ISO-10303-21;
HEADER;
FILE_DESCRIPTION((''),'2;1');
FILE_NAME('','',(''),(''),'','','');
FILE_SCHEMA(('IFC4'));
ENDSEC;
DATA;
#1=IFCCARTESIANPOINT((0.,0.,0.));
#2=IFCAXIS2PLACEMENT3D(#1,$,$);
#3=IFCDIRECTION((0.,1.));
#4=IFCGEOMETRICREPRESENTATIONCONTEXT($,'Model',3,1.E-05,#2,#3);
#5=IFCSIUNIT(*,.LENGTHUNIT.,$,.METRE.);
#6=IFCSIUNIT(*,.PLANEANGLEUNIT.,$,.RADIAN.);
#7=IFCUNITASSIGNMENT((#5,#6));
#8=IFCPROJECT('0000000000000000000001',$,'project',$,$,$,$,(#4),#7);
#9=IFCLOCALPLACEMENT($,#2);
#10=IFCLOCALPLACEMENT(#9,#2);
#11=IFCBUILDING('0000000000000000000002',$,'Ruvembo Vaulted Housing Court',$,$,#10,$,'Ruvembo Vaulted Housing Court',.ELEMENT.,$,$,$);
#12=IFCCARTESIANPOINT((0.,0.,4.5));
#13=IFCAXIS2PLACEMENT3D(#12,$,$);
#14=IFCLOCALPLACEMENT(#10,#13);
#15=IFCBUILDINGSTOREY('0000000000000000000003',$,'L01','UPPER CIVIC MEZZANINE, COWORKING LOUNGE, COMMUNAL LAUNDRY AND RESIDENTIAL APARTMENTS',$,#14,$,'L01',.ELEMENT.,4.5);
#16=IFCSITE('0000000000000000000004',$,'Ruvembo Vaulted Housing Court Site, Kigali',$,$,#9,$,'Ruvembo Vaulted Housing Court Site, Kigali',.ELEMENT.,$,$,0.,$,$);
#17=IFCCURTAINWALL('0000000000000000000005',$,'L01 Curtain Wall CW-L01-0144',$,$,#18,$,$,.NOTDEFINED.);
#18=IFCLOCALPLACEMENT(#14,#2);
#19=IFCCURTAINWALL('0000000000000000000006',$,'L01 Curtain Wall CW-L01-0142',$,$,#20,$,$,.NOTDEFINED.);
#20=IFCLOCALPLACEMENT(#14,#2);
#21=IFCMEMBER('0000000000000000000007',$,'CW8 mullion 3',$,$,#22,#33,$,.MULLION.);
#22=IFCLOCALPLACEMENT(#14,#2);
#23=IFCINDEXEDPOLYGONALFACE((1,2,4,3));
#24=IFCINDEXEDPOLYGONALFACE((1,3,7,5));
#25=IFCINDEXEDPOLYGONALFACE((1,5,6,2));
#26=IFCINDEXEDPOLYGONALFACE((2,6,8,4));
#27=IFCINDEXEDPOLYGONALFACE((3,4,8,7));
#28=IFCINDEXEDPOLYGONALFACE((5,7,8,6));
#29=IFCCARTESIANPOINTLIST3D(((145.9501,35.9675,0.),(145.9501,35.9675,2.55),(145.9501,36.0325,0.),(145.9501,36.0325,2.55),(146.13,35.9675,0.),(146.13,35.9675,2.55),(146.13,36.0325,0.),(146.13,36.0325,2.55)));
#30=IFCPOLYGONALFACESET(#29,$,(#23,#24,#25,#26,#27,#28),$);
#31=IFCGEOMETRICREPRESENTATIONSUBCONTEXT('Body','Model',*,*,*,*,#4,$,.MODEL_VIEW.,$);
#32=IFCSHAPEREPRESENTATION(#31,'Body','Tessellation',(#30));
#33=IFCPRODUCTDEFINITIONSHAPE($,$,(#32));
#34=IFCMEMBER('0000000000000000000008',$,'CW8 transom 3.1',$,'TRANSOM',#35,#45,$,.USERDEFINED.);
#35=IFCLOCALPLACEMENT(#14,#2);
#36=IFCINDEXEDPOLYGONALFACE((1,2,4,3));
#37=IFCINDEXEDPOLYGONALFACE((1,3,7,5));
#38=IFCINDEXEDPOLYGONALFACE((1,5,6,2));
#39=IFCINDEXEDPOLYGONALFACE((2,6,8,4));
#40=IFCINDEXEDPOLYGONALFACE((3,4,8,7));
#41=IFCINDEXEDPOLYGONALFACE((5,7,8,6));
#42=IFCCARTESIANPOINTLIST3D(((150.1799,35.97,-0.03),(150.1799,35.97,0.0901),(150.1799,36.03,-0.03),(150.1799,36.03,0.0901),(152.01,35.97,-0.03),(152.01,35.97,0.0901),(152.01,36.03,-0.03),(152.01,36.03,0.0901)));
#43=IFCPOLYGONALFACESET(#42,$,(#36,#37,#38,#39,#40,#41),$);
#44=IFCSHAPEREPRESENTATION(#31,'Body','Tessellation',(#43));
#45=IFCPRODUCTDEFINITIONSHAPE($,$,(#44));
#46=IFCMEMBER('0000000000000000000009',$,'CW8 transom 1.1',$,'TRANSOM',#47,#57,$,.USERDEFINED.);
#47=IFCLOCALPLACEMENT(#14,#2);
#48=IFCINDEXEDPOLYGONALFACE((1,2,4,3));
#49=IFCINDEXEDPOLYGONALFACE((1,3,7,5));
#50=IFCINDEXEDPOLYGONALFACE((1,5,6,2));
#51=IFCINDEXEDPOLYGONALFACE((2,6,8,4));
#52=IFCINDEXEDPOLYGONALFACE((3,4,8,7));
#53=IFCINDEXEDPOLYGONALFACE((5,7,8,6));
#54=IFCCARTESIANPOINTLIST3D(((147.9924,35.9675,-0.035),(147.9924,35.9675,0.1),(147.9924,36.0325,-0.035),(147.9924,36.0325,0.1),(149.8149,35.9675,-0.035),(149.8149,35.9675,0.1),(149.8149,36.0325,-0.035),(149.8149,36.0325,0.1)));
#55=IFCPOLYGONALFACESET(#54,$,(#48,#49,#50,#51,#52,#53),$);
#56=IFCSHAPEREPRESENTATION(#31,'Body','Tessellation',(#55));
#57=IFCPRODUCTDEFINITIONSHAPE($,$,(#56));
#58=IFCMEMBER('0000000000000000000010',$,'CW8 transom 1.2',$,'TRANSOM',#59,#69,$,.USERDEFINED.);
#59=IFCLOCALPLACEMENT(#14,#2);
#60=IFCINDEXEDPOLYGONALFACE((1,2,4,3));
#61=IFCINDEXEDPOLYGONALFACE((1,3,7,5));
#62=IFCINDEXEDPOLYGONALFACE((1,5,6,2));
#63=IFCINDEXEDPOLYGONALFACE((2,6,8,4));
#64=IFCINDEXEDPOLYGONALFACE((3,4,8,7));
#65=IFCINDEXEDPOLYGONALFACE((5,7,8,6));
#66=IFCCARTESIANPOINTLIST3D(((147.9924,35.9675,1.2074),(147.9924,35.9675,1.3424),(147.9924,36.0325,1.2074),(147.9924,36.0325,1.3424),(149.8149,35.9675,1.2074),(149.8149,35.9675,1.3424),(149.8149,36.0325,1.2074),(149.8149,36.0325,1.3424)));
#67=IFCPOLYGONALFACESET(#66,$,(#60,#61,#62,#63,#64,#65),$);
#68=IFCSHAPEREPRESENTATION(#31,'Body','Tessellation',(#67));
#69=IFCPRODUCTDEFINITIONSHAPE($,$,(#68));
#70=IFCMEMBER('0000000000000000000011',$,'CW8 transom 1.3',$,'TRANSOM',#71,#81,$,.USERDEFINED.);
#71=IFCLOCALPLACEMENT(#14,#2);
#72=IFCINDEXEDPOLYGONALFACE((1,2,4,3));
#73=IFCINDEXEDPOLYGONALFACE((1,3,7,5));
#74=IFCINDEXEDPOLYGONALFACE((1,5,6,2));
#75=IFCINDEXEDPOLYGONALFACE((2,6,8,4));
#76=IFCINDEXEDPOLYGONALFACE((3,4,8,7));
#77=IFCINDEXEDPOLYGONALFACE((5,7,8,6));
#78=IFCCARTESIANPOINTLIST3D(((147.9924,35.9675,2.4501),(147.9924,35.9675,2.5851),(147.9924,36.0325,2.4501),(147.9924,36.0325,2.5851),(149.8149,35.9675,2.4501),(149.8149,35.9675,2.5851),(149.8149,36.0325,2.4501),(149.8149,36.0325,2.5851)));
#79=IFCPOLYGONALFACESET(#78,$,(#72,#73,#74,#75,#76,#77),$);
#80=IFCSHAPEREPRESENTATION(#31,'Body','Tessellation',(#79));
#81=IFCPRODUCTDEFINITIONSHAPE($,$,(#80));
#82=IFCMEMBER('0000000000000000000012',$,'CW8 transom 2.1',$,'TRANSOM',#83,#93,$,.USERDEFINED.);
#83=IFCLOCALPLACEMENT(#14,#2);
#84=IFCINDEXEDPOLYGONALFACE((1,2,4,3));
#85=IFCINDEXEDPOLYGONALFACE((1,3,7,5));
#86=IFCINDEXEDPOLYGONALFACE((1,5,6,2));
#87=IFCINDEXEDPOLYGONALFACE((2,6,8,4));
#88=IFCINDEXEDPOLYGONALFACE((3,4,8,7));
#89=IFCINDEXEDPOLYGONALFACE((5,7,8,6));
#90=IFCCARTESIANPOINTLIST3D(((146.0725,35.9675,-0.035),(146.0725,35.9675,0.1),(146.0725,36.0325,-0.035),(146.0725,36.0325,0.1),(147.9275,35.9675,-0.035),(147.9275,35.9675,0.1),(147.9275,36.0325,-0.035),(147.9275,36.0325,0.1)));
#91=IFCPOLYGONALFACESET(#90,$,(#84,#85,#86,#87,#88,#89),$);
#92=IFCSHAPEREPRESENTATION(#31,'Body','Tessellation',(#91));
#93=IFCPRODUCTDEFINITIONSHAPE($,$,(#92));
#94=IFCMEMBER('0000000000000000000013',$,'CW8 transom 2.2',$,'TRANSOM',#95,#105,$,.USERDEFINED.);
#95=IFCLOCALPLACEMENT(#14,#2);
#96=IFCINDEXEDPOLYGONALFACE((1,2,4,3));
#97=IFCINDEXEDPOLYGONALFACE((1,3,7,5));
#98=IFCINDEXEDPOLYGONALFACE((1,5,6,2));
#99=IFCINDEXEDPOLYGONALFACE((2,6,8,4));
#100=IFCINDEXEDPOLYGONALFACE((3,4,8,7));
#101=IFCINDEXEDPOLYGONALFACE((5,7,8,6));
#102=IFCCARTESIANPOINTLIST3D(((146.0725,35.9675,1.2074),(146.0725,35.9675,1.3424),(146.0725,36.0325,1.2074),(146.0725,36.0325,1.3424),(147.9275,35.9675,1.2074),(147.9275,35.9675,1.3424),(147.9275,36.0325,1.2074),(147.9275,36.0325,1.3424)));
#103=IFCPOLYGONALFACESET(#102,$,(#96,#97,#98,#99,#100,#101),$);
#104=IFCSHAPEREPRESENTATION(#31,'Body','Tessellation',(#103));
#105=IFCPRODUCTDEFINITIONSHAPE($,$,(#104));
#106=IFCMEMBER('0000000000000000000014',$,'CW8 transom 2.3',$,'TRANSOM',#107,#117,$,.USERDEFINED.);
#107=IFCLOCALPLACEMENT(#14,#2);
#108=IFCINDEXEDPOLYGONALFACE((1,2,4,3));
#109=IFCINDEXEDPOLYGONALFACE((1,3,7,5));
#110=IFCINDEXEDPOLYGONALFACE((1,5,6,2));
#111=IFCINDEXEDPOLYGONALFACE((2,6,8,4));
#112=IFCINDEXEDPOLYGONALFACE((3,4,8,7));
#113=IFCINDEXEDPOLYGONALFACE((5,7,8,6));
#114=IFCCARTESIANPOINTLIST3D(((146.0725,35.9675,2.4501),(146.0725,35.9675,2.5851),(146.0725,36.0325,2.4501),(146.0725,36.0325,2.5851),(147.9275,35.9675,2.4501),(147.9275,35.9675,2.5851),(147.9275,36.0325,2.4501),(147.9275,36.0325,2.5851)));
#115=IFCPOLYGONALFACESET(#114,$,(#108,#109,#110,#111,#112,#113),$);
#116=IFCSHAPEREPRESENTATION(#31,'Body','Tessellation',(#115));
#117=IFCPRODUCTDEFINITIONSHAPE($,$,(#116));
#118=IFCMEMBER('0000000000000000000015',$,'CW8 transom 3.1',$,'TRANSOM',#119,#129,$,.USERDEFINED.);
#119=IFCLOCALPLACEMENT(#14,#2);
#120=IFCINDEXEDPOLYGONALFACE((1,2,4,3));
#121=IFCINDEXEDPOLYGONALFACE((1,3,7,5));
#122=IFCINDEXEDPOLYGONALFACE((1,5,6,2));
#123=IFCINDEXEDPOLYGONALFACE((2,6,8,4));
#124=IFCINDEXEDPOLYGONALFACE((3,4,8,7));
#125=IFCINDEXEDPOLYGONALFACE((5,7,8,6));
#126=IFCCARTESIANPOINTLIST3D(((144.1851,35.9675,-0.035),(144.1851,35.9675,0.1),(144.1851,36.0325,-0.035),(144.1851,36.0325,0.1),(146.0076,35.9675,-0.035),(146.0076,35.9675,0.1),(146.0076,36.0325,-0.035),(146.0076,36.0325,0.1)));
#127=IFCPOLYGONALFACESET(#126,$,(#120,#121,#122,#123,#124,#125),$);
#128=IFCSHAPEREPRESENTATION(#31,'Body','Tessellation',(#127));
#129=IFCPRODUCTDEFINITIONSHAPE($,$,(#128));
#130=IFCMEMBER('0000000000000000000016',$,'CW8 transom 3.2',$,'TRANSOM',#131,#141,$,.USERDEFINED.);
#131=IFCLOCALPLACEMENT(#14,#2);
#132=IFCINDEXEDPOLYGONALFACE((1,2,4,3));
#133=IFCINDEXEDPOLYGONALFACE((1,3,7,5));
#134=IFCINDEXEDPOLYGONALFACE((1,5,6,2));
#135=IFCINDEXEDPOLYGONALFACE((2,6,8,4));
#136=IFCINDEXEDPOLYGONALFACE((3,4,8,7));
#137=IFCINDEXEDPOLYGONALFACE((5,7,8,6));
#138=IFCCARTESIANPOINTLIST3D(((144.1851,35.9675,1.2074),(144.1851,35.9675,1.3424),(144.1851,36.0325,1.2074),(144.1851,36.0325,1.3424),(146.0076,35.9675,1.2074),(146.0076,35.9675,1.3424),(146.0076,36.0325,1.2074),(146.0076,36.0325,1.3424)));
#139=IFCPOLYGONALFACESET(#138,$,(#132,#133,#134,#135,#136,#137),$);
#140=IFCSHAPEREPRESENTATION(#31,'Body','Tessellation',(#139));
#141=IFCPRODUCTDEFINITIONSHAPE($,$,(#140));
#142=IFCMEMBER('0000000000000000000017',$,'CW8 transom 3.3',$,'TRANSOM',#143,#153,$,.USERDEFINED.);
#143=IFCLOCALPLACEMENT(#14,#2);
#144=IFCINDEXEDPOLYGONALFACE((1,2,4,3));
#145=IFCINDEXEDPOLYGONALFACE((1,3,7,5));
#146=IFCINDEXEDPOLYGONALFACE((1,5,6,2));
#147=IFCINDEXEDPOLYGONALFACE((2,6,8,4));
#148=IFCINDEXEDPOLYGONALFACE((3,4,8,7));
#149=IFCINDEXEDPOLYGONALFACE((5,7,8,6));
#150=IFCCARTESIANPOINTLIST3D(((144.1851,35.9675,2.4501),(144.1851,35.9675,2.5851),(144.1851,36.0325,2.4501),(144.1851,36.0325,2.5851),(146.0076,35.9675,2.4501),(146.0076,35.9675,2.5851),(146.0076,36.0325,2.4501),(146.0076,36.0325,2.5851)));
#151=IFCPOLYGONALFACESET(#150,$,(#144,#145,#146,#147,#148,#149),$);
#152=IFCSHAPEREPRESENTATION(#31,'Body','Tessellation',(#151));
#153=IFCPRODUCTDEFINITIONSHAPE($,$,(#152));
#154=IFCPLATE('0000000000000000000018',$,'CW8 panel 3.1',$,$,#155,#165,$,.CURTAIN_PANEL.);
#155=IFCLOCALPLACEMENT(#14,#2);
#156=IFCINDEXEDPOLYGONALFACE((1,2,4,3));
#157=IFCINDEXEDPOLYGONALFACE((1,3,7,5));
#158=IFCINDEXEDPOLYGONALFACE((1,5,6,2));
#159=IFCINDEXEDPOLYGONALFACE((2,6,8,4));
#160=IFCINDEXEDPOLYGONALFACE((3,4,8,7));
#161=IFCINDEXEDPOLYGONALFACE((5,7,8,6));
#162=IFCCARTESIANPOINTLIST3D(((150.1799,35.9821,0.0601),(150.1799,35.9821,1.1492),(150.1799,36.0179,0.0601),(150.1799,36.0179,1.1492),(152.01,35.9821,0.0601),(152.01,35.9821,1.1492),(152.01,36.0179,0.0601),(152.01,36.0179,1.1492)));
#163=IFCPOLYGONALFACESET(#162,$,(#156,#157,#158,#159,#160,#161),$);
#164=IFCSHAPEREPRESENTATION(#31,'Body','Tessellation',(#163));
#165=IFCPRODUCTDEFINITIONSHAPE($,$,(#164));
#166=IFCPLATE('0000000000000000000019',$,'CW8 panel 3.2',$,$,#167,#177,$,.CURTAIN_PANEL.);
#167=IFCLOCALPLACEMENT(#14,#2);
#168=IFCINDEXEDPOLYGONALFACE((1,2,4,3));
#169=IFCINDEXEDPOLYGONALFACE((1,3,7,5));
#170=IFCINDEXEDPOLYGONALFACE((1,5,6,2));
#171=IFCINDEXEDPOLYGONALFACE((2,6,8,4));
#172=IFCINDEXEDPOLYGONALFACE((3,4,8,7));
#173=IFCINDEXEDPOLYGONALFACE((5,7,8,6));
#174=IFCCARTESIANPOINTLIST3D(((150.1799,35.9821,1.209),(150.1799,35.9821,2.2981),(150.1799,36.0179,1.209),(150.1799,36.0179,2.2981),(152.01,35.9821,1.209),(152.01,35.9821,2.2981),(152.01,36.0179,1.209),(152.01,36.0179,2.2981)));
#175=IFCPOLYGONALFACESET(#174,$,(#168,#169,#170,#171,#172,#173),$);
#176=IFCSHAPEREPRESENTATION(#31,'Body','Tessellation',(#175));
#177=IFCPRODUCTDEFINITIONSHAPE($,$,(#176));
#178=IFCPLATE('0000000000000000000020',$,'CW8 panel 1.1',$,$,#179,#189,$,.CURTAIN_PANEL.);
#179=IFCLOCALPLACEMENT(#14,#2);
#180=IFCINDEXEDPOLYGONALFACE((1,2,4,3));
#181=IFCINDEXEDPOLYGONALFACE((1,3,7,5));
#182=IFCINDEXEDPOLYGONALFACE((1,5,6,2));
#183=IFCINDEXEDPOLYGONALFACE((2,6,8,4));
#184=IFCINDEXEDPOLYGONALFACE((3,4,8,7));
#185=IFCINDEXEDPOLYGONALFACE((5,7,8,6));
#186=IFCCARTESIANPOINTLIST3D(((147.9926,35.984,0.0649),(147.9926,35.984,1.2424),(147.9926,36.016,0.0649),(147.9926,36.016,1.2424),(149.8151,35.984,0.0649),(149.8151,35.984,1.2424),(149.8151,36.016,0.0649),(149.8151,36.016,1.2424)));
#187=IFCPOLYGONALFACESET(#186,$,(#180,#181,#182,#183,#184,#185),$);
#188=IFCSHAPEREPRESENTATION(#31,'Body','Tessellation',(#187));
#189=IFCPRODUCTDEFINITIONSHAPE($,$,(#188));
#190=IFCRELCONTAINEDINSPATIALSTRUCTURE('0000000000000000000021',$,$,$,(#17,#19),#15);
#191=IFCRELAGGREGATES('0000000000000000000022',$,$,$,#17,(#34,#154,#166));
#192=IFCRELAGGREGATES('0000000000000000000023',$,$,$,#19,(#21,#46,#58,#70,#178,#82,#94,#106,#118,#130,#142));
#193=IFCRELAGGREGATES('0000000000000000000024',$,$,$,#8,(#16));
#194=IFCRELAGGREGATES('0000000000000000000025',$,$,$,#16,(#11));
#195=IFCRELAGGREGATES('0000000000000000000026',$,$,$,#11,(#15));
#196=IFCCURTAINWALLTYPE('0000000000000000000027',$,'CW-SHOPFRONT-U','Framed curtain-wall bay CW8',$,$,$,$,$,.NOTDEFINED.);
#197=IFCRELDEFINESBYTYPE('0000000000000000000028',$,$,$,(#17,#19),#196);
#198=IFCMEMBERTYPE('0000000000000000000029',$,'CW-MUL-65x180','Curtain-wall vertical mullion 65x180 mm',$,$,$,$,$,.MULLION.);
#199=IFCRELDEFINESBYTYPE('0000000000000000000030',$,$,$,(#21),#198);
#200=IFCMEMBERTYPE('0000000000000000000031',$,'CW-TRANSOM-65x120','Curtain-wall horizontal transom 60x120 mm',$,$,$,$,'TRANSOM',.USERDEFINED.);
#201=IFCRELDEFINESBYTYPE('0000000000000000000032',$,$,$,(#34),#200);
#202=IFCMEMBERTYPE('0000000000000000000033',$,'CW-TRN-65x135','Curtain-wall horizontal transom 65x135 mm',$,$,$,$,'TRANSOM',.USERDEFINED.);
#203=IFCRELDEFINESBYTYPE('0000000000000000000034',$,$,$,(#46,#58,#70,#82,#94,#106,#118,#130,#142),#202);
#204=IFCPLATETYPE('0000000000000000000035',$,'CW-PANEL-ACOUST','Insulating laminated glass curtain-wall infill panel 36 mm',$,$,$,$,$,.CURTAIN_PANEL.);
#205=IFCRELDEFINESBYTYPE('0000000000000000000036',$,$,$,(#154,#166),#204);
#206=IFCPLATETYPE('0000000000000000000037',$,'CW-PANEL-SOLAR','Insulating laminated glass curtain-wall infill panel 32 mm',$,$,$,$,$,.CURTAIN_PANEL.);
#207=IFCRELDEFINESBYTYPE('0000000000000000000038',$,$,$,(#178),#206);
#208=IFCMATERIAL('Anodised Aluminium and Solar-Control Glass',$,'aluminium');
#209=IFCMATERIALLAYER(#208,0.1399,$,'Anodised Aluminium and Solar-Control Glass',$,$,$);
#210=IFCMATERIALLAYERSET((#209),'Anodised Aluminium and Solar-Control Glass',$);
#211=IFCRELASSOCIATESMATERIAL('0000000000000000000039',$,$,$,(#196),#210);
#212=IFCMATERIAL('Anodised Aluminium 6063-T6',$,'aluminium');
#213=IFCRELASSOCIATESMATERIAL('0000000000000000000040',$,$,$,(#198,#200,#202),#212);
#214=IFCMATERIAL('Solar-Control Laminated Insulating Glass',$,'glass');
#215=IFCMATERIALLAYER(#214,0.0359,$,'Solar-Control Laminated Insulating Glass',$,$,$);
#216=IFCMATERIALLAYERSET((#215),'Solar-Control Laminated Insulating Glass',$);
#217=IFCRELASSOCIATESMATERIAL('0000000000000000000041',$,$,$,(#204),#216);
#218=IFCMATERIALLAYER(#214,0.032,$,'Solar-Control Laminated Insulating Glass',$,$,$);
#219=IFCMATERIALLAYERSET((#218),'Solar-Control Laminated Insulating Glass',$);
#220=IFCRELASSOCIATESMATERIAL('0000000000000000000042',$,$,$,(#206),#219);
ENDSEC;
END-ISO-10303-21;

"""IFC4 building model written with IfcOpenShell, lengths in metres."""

from ifc_helpers import new_model, si_unit, direction, frame, origin, origin_2d, place, context, subcontext, project, spatial, rectangle, extrude, material, layer, layer_set, material_profile, profile_set, type_object, element, aggregate, save


model = new_model("IFC4")

# Units and contexts
model_context = context("Model", 3, precision=1e-05, world=origin(), true_north=direction((0.0, 1.0)))
body_context = subcontext(model_context, "Body", "Model", "MODEL_VIEW")
ifc_project = project(units=[si_unit("LENGTHUNIT", "METRE"), si_unit("PLANEANGLEUNIT", "RADIAN")], contexts=[model_context])

# Site, building, storey
site_placement = place(None, origin())
site = spatial("IfcSite", under=ifc_project, at=site_placement, Name="Ruvembo Vaulted Housing Court Site, Kigali", LongName="Ruvembo Vaulted Housing Court Site, Kigali", CompositionType="ELEMENT", RefElevation=0.0)
building_placement = place(site_placement, origin())
building = spatial("IfcBuilding", under=site, at=building_placement, Name="Ruvembo Vaulted Housing Court", LongName="Ruvembo Vaulted Housing Court", CompositionType="ELEMENT")
storey_placement = place(building_placement, frame((0.0, 0.0, 4.5)))
storey = spatial("IfcBuildingStorey", under=building, at=storey_placement, Name="L01", Description="UPPER CIVIC MEZZANINE, COWORKING LOUNGE, COMMUNAL LAUNDRY AND RESIDENTIAL APARTMENTS", LongName="L01", CompositionType="ELEMENT", Elevation=4.5)

# Curtain wall
ifc_material_1 = material(Name="Anodised Aluminium and Solar-Control Glass", Category="aluminium")
ifc_layer_1 = layer(ifc_material_1, 0.1399, Name="Anodised Aluminium and Solar-Control Glass")
ifc_layer_set_1 = layer_set([ifc_layer_1], Name="Anodised Aluminium and Solar-Control Glass")
curtain_wall_type = type_object("IfcCurtainWallType", Name="CW-SHOPFRONT-U", Description="Framed curtain-wall bay CW8", PredefinedType="NOTDEFINED", material=ifc_layer_set_1)
curtain_wall_1_placement = place(storey_placement, origin())
curtain_wall_1 = element("IfcCurtainWall", 1, at=curtain_wall_1_placement, inside=storey, type_object=curtain_wall_type, Name="L01 Curtain Wall CW-L01-0144", PredefinedType="NOTDEFINED")
ifc_material_2 = material(Name="Anodised Aluminium 6063-T6", Category="aluminium")

# Curtain wall, member
curtain_wall_2_placement = place(storey_placement, origin())
curtain_wall_2 = element("IfcCurtainWall", 2, at=curtain_wall_2_placement, inside=storey, type_object=curtain_wall_type, Name="L01 Curtain Wall CW-L01-0142", PredefinedType="NOTDEFINED")
ifc_material_profile_1 = material_profile(ifc_material_2, rectangle(XDim=0.0649, YDim=0.1799, at=origin_2d()), Name="ALU 65x180")
ifc_profile_set_1 = profile_set([ifc_material_profile_1], Name="Anodised Aluminium 6063-T6")
member_type_1 = type_object("IfcMemberType", Name="CW-MUL-65x180", Description="Curtain-wall vertical mullion 65x180 mm", PredefinedType="MULLION", material=ifc_profile_set_1)
member_1_placement = place(storey_placement, frame((146.04, 36.0, 0.0), z_axis=(0.0, 0.0, 1.0), x_axis=(0.0, -1.0, 0.0)))
member_1 = element("IfcMember", 3, at=member_1_placement, type_object=member_type_1, Name="CW8 mullion 3", PredefinedType="MULLION", context=body_context, shape_type="SweptSolid", body=[
    extrude(rectangle(XDim=0.0649, YDim=0.1799, at=origin_2d()), origin(), (0.0, 0.0, 1.0), 2.55),
])

# Members
ifc_material_profile_2 = material_profile(ifc_material_2, rectangle(XDim=0.0601, YDim=0.1201, at=origin_2d()), Name="ALU 60x120")
ifc_profile_set_2 = profile_set([ifc_material_profile_2], Name="Anodised Aluminium 6063-T6")
member_type_2 = type_object("IfcMemberType", Name="CW-TRANSOM-65x120", Description="Curtain-wall horizontal transom 60x120 mm", ElementType="TRANSOM", PredefinedType="USERDEFINED", material=ifc_profile_set_2)
member_2_placement = place(storey_placement, frame((152.01, 36.0, 0.03), z_axis=(-1.0, 0.0, 0.0), x_axis=(0.0, -1.0, 0.0)))
member_2 = element("IfcMember", 4, at=member_2_placement, type_object=member_type_2, Name="CW8 transom 3.1", ObjectType="TRANSOM", PredefinedType="USERDEFINED", context=body_context, shape_type="SweptSolid", body=[
    extrude(rectangle(XDim=0.0601, YDim=0.1201, at=origin_2d()), origin(), (0.0, 0.0, 1.0), 1.8301),
])
ifc_material_profile_3 = material_profile(ifc_material_2, rectangle(XDim=0.0649, YDim=0.135, at=origin_2d()), Name="ALU 65x135")
ifc_profile_set_3 = profile_set([ifc_material_profile_3], Name="Anodised Aluminium 6063-T6")
member_type_3 = type_object("IfcMemberType", Name="CW-TRN-65x135", Description="Curtain-wall horizontal transom 65x135 mm", ElementType="TRANSOM", PredefinedType="USERDEFINED", material=ifc_profile_set_3)
member_3_placement = place(storey_placement, frame((149.8149, 36.0, 0.0325), z_axis=(-1.0, 0.0, 0.0), x_axis=(0.0, -1.0, 0.0)))
member_3 = element("IfcMember", 5, at=member_3_placement, type_object=member_type_3, Name="CW8 transom 1.1", ObjectType="TRANSOM", PredefinedType="USERDEFINED", context=body_context, shape_type="SweptSolid", body=[
    extrude(rectangle(XDim=0.0649, YDim=0.135, at=origin_2d()), origin(), (0.0, 0.0, 1.0), 1.8225),
])
member_4_placement = place(storey_placement, frame((149.8149, 36.0, 1.2749), z_axis=(-1.0, 0.0, 0.0), x_axis=(0.0, -1.0, 0.0)))
member_4 = element("IfcMember", 6, at=member_4_placement, type_object=member_type_3, Name="CW8 transom 1.2", ObjectType="TRANSOM", PredefinedType="USERDEFINED", context=body_context, shape_type="SweptSolid", body=[
    extrude(rectangle(XDim=0.0649, YDim=0.135, at=origin_2d()), origin(), (0.0, 0.0, 1.0), 1.8225),
])
member_5_placement = place(storey_placement, frame((149.8149, 36.0, 2.5176), z_axis=(-1.0, 0.0, 0.0), x_axis=(0.0, -1.0, 0.0)))
member_5 = element("IfcMember", 7, at=member_5_placement, type_object=member_type_3, Name="CW8 transom 1.3", ObjectType="TRANSOM", PredefinedType="USERDEFINED", context=body_context, shape_type="SweptSolid", body=[
    extrude(rectangle(XDim=0.0649, YDim=0.135, at=origin_2d()), origin(), (0.0, 0.0, 1.0), 1.8225),
])
member_6_placement = place(storey_placement, frame((147.9275, 36.0, 0.0325), z_axis=(-1.0, 0.0, 0.0), x_axis=(0.0, -1.0, 0.0)))
member_6 = element("IfcMember", 8, at=member_6_placement, type_object=member_type_3, Name="CW8 transom 2.1", ObjectType="TRANSOM", PredefinedType="USERDEFINED", context=body_context, shape_type="SweptSolid", body=[
    extrude(rectangle(XDim=0.0649, YDim=0.135, at=origin_2d()), origin(), (0.0, 0.0, 1.0), 1.855),
])
member_7_placement = place(storey_placement, frame((147.9275, 36.0, 1.2749), z_axis=(-1.0, 0.0, 0.0), x_axis=(0.0, -1.0, 0.0)))
member_7 = element("IfcMember", 9, at=member_7_placement, type_object=member_type_3, Name="CW8 transom 2.2", ObjectType="TRANSOM", PredefinedType="USERDEFINED", context=body_context, shape_type="SweptSolid", body=[
    extrude(rectangle(XDim=0.0649, YDim=0.135, at=origin_2d()), origin(), (0.0, 0.0, 1.0), 1.855),
])
member_8_placement = place(storey_placement, frame((147.9275, 36.0, 2.5176), z_axis=(-1.0, 0.0, 0.0), x_axis=(0.0, -1.0, 0.0)))
member_8 = element("IfcMember", 10, at=member_8_placement, type_object=member_type_3, Name="CW8 transom 2.3", ObjectType="TRANSOM", PredefinedType="USERDEFINED", context=body_context, shape_type="SweptSolid", body=[
    extrude(rectangle(XDim=0.0649, YDim=0.135, at=origin_2d()), origin(), (0.0, 0.0, 1.0), 1.855),
])
member_9_placement = place(storey_placement, frame((146.0076, 36.0, 0.0325), z_axis=(-1.0, 0.0, 0.0), x_axis=(0.0, -1.0, 0.0)))
member_9 = element("IfcMember", 11, at=member_9_placement, type_object=member_type_3, Name="CW8 transom 3.1", ObjectType="TRANSOM", PredefinedType="USERDEFINED", context=body_context, shape_type="SweptSolid", body=[
    extrude(rectangle(XDim=0.0649, YDim=0.135, at=origin_2d()), origin(), (0.0, 0.0, 1.0), 1.8225),
])
member_10_placement = place(storey_placement, frame((146.0076, 36.0, 1.2749), z_axis=(-1.0, 0.0, 0.0), x_axis=(0.0, -1.0, 0.0)))
member_10 = element("IfcMember", 12, at=member_10_placement, type_object=member_type_3, Name="CW8 transom 3.2", ObjectType="TRANSOM", PredefinedType="USERDEFINED", context=body_context, shape_type="SweptSolid", body=[
    extrude(rectangle(XDim=0.0649, YDim=0.135, at=origin_2d()), origin(), (0.0, 0.0, 1.0), 1.8225),
])
member_11_placement = place(storey_placement, frame((146.0076, 36.0, 2.5176), z_axis=(-1.0, 0.0, 0.0), x_axis=(0.0, -1.0, 0.0)))
member_11 = element("IfcMember", 13, at=member_11_placement, type_object=member_type_3, Name="CW8 transom 3.3", ObjectType="TRANSOM", PredefinedType="USERDEFINED", context=body_context, shape_type="SweptSolid", body=[
    extrude(rectangle(XDim=0.0649, YDim=0.135, at=origin_2d()), origin(), (0.0, 0.0, 1.0), 1.8225),
])

# Plates
ifc_material_3 = material(Name="Solar-Control Laminated Insulating Glass", Category="glass")
ifc_layer_2 = layer(ifc_material_3, 0.0359, Name="Solar-Control Laminated Insulating Glass")
ifc_layer_set_2 = layer_set([ifc_layer_2], Name="Solar-Control Laminated Insulating Glass")
plate_type_1 = type_object("IfcPlateType", Name="CW-PANEL-ACOUST", Description="Insulating laminated glass curtain-wall infill panel 36 mm", PredefinedType="CURTAIN_PANEL", material=ifc_layer_set_2)
plate_1_placement = place(storey_placement, frame((151.095, 36.0, 0.0601), z_axis=(0.0, 0.0, 1.0), x_axis=(-1.0, 0.0, 0.0)))
plate_1 = element("IfcPlate", 14, at=plate_1_placement, type_object=plate_type_1, Name="CW8 panel 3.1", PredefinedType="CURTAIN_PANEL", context=body_context, shape_type="SweptSolid", body=[
    extrude(rectangle(XDim=1.8301, YDim=0.0359, at=origin_2d()), origin(), (0.0, 0.0, 1.0), 1.0891),
])
plate_2_placement = place(storey_placement, frame((151.095, 36.0, 1.209), z_axis=(0.0, 0.0, 1.0), x_axis=(-1.0, 0.0, 0.0)))
plate_2 = element("IfcPlate", 15, at=plate_2_placement, type_object=plate_type_1, Name="CW8 panel 3.2", PredefinedType="CURTAIN_PANEL", context=body_context, shape_type="SweptSolid", body=[
    extrude(rectangle(XDim=1.8301, YDim=0.0359, at=origin_2d()), origin(), (0.0, 0.0, 1.0), 1.0891),
])
aggregate(curtain_wall_1, [member_2, plate_1, plate_2])
ifc_layer_3 = layer(ifc_material_3, 0.032, Name="Solar-Control Laminated Insulating Glass")
ifc_layer_set_3 = layer_set([ifc_layer_3], Name="Solar-Control Laminated Insulating Glass")
plate_type_2 = type_object("IfcPlateType", Name="CW-PANEL-SOLAR", Description="Insulating laminated glass curtain-wall infill panel 32 mm", PredefinedType="CURTAIN_PANEL", material=ifc_layer_set_3)
plate_3_placement = place(storey_placement, frame((148.9038, 36.0, 0.0649), z_axis=(0.0, 0.0, 1.0), x_axis=(-1.0, 0.0, 0.0)))
plate_3 = element("IfcPlate", 16, at=plate_3_placement, type_object=plate_type_2, Name="CW8 panel 1.1", PredefinedType="CURTAIN_PANEL", context=body_context, shape_type="SweptSolid", body=[
    extrude(rectangle(XDim=1.8225, YDim=0.032, at=origin_2d()), origin(), (0.0, 0.0, 1.0), 1.1775),
])
aggregate(curtain_wall_2, [member_1, member_3, member_4, member_5, plate_3, member_6, member_7, member_8, member_9, member_10, member_11])

save(model, "model.ifc")
